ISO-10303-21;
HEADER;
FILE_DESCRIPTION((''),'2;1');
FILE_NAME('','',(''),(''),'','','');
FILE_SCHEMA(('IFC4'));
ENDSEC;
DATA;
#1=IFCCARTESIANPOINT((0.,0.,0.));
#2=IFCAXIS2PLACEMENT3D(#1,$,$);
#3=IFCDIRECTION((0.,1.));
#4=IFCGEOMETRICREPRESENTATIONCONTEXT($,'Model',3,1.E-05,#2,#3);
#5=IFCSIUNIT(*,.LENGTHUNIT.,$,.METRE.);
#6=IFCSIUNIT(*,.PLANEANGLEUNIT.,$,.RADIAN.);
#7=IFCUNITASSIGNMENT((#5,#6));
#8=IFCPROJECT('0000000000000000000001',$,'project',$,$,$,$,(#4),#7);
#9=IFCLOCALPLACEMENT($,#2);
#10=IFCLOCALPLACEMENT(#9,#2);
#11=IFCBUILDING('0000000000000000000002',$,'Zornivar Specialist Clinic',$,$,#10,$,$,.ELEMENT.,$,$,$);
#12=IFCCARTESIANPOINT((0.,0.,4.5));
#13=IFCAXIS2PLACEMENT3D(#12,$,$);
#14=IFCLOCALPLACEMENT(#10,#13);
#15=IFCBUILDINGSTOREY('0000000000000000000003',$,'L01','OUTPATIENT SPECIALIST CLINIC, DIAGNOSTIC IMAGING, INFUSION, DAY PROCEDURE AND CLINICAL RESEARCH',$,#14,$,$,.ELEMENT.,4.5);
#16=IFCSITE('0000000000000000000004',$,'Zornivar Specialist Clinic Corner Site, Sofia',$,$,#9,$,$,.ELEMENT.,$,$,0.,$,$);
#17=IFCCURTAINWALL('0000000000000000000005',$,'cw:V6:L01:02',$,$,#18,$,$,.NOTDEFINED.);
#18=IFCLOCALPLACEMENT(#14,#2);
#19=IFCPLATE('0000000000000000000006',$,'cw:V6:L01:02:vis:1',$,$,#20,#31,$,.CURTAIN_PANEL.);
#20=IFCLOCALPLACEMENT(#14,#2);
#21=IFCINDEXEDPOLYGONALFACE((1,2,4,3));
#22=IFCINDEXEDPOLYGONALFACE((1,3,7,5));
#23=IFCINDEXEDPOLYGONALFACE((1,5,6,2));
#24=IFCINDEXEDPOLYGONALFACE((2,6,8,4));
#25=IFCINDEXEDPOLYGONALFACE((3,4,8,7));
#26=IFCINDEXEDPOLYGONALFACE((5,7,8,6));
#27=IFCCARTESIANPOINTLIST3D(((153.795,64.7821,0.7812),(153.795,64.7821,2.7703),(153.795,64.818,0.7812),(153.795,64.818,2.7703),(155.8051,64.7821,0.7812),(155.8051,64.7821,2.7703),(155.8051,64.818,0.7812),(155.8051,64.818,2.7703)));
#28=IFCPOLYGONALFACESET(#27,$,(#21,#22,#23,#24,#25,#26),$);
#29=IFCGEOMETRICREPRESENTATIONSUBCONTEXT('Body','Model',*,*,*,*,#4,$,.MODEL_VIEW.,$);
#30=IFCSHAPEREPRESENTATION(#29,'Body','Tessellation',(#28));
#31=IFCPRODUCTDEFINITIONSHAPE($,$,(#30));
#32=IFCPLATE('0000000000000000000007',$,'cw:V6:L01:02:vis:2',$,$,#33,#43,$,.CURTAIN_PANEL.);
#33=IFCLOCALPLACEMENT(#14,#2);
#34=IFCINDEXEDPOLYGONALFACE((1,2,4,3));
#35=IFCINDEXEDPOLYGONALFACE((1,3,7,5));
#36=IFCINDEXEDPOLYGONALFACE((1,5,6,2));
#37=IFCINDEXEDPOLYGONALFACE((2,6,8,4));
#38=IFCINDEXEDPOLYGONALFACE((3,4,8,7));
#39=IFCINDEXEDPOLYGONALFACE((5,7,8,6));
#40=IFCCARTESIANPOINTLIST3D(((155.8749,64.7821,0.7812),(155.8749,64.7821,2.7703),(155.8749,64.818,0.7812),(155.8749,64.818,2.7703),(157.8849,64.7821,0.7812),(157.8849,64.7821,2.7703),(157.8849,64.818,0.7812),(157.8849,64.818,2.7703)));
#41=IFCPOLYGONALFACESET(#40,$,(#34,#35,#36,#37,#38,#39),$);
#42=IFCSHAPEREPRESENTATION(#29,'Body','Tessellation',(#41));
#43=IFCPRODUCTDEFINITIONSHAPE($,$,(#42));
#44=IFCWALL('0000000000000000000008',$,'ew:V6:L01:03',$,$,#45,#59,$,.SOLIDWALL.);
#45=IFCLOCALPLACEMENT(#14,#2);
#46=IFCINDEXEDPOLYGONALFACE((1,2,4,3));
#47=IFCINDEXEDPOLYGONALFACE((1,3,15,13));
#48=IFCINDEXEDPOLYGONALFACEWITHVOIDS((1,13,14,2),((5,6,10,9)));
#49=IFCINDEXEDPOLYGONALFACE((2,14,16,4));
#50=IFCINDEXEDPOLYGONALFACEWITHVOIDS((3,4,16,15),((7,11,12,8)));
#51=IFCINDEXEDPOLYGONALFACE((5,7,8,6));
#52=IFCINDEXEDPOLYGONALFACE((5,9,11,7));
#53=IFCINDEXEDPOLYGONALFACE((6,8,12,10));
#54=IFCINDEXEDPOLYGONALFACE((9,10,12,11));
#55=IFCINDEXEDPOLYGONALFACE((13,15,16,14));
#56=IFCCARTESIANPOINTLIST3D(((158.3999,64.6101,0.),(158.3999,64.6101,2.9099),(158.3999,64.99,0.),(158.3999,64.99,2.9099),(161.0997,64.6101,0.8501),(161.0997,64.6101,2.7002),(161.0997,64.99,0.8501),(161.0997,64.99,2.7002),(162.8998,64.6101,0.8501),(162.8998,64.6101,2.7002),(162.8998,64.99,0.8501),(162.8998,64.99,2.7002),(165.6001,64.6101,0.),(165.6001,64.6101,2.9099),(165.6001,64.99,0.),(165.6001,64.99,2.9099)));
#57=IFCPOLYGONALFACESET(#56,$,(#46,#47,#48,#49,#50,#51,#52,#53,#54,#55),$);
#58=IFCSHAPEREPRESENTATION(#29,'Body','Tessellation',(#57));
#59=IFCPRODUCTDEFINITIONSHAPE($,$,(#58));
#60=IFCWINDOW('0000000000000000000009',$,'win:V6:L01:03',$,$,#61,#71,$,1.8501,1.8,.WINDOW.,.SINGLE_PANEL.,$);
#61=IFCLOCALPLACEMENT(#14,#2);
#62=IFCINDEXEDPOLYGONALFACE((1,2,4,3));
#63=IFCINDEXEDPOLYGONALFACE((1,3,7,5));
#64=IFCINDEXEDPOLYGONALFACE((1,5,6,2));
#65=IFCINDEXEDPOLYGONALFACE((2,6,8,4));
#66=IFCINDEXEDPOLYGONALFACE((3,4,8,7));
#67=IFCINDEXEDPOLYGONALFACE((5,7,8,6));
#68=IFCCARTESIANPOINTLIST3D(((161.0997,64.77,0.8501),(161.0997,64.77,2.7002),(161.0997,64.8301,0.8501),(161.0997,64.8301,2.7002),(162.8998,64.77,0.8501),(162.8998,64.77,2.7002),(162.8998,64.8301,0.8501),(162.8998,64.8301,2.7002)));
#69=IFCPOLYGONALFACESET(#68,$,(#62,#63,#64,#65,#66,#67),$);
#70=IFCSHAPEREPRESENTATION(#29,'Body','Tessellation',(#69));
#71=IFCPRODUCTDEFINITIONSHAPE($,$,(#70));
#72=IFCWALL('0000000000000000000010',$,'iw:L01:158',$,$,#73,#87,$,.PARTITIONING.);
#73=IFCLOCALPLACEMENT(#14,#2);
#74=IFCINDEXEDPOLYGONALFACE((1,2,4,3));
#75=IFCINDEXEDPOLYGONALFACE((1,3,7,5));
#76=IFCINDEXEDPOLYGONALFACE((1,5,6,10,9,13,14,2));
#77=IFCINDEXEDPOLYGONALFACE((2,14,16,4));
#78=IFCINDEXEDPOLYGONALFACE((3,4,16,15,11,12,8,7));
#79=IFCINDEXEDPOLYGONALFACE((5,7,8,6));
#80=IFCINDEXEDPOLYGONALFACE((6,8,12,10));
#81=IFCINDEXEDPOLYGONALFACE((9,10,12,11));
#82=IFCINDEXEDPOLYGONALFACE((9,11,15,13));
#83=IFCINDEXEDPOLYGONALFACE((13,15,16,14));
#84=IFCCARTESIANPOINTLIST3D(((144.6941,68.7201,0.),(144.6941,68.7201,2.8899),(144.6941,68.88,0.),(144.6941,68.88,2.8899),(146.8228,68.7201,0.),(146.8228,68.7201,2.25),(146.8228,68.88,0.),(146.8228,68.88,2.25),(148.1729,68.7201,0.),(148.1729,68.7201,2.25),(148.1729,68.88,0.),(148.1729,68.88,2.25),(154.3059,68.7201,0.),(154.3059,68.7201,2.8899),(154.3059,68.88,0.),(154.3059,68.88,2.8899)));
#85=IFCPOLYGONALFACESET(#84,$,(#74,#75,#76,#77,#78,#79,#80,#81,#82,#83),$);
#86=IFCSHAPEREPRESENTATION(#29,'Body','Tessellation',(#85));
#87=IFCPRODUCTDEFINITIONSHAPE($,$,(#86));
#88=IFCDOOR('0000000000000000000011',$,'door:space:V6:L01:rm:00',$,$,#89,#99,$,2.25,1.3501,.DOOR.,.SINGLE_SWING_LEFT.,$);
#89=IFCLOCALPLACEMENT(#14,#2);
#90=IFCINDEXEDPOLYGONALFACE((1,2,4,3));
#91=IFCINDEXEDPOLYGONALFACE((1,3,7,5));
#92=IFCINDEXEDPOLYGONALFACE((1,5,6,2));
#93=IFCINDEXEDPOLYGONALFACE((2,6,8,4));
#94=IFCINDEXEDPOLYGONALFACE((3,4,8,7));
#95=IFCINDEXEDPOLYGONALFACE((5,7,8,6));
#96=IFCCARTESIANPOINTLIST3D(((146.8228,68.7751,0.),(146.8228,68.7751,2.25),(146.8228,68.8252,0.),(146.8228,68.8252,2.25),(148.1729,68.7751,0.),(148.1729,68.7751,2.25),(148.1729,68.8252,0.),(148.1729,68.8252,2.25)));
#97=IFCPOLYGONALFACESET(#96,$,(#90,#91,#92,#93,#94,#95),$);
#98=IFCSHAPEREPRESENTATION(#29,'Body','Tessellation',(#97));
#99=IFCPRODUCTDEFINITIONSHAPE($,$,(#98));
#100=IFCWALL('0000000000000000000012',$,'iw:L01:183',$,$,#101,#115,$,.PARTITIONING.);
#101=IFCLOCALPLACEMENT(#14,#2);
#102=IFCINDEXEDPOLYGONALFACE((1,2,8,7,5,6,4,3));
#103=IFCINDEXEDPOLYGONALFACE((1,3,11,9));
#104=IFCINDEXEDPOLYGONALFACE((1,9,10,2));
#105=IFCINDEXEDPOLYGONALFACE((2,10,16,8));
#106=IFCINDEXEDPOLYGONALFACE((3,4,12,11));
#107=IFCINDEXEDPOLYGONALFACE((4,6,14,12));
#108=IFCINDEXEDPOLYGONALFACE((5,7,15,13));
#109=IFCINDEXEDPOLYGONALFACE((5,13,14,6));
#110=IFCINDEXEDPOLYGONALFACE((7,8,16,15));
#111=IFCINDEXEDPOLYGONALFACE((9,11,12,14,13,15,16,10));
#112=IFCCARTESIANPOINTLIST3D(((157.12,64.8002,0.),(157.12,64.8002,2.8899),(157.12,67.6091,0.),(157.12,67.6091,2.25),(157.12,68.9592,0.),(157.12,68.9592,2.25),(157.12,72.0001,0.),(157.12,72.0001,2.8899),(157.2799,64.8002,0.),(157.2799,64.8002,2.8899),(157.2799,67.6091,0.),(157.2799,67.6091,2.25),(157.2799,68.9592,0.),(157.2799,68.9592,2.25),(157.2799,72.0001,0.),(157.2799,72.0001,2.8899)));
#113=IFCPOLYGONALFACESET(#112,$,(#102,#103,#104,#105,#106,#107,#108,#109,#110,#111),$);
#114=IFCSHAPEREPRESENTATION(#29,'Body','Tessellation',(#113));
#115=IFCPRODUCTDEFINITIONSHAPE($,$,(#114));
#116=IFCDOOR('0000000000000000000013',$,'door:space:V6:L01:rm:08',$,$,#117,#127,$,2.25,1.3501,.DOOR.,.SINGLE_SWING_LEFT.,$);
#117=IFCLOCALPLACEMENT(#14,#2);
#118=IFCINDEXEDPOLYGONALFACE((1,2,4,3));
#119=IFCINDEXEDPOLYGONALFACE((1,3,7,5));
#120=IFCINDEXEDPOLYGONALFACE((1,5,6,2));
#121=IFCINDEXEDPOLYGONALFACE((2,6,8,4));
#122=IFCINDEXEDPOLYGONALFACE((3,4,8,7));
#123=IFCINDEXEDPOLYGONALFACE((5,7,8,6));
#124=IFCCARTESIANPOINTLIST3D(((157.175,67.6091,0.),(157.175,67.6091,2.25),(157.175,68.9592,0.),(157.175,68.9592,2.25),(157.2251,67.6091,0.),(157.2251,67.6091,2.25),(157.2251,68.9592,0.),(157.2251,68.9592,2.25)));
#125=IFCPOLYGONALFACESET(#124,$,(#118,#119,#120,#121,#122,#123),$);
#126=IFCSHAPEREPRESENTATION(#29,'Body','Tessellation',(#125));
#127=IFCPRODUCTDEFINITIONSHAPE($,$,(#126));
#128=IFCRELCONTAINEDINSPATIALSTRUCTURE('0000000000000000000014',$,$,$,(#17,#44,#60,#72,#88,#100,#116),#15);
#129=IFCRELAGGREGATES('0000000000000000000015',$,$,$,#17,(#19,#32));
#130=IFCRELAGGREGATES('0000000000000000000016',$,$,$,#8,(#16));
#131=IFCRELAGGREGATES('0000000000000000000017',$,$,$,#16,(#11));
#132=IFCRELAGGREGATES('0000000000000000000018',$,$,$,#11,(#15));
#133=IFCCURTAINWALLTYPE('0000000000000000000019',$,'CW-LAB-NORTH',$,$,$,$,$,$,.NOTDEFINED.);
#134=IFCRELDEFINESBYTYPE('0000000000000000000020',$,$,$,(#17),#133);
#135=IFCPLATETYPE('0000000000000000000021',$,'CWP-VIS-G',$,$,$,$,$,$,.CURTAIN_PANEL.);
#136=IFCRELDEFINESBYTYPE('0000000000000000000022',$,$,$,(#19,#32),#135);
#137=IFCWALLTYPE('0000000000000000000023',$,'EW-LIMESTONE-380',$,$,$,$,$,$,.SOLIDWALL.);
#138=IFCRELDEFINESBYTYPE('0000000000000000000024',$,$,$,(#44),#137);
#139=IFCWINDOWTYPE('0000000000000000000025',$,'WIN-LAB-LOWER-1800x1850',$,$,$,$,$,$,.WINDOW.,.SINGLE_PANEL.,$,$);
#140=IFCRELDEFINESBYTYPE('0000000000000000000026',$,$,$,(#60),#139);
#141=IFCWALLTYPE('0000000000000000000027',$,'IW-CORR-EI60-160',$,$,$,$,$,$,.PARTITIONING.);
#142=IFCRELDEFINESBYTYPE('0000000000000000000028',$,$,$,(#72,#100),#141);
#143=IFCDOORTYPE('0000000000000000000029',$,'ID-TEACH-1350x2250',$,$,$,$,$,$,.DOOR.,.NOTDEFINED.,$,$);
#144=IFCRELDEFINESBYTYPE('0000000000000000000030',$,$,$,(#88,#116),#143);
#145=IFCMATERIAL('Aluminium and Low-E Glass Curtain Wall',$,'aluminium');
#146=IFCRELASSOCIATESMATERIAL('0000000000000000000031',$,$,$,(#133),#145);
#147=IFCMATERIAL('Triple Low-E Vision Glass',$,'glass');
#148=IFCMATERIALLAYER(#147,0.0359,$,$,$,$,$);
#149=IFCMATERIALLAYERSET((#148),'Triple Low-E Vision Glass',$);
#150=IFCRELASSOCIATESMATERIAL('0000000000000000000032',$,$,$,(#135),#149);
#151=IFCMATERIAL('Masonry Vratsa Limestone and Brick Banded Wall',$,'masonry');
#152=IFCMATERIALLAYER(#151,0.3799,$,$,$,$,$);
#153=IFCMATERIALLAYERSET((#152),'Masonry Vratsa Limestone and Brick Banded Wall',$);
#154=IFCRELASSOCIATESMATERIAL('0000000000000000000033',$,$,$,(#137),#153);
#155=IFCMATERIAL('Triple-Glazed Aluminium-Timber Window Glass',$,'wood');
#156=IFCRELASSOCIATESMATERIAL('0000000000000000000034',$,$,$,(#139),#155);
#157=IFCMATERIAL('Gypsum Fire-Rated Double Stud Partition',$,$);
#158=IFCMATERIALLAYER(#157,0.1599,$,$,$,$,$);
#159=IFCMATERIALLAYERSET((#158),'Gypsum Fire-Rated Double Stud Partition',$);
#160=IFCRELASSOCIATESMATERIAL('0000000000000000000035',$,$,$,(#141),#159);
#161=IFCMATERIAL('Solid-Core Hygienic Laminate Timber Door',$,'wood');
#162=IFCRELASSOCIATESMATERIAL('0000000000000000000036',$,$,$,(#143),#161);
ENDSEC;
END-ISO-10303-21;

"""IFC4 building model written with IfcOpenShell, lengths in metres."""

from ifc_helpers import new_model, si_unit, direction, frame, frame_2d, origin, origin_2d, place, context, subcontext, project, spatial, rectangle, extrude, material, layer, layer_set, type_object, element, fill, aggregate, save


model = new_model("IFC4")

# Units and contexts
model_context = context("Model", 3, precision=1e-05, world=origin(), true_north=direction((0.0, 1.0)))
body_context = subcontext(model_context, "Body", "Model", "MODEL_VIEW")
ifc_project = project(units=[si_unit("LENGTHUNIT", "METRE"), si_unit("PLANEANGLEUNIT", "RADIAN")], contexts=[model_context])

# Site, building, storey
site_placement = place(None, origin())
site = spatial("IfcSite", under=ifc_project, at=site_placement, Name="Zornivar Specialist Clinic Corner Site, Sofia", CompositionType="ELEMENT", RefElevation=0.0)
building_placement = place(site_placement, origin())
building = spatial("IfcBuilding", under=site, at=building_placement, Name="Zornivar Specialist Clinic", CompositionType="ELEMENT")
storey_placement = place(building_placement, frame((0.0, 0.0, 4.5)))
storey = spatial("IfcBuildingStorey", under=building, at=storey_placement, Name="L01", Description="OUTPATIENT SPECIALIST CLINIC, DIAGNOSTIC IMAGING, INFUSION, DAY PROCEDURE AND CLINICAL RESEARCH", CompositionType="ELEMENT", Elevation=4.5)

# Curtain wall
ifc_material_1 = material(Name="Aluminium and Low-E Glass Curtain Wall", Category="aluminium")
curtain_wall_type = type_object("IfcCurtainWallType", Name="CW-LAB-NORTH", PredefinedType="NOTDEFINED", material=ifc_material_1)
curtain_wall_1_placement = place(storey_placement, origin())
curtain_wall_1 = element("IfcCurtainWall", 1, at=curtain_wall_1_placement, inside=storey, type_object=curtain_wall_type, Name="cw:V6:L01:02", PredefinedType="NOTDEFINED")

# Plates
ifc_material_2 = material(Name="Triple Low-E Vision Glass", Category="glass")
ifc_layer_1 = layer(ifc_material_2, 0.0359)
ifc_layer_set_1 = layer_set([ifc_layer_1], Name="Triple Low-E Vision Glass")
plate_type_1 = type_object("IfcPlateType", Name="CWP-VIS-G", PredefinedType="CURTAIN_PANEL", material=ifc_layer_set_1)
plate_1_placement = place(storey_placement, frame((154.8, 64.8, 0.7812), z_axis=(0.0, 0.0, 1.0), x_axis=(1.0, 0.0, 0.0)))
plate_1 = element("IfcPlate", 2, at=plate_1_placement, type_object=plate_type_1, Name="cw:V6:L01:02:vis:1", PredefinedType="CURTAIN_PANEL", context=body_context, shape_type="SweptSolid", body=[
    extrude(rectangle(XDim=2.01, YDim=0.0359, at=origin_2d()), origin(), (0.0, 0.0, 1.0), 1.989),
])
plate_2_placement = place(storey_placement, frame((156.8799, 64.8, 0.7812), z_axis=(0.0, 0.0, 1.0), x_axis=(1.0, 0.0, 0.0)))
plate_2 = element("IfcPlate", 3, at=plate_2_placement, type_object=plate_type_1, Name="cw:V6:L01:02:vis:2", PredefinedType="CURTAIN_PANEL", context=body_context, shape_type="SweptSolid", body=[
    extrude(rectangle(XDim=2.01, YDim=0.0359, at=origin_2d()), origin(), (0.0, 0.0, 1.0), 1.989),
])
aggregate(curtain_wall_1, [plate_1, plate_2])

# Wall, opening, window
ifc_material_3 = material(Name="Masonry Vratsa Limestone and Brick Banded Wall", Category="masonry")
ifc_layer_2 = layer(ifc_material_3, 0.3799)
ifc_layer_set_2 = layer_set([ifc_layer_2], Name="Masonry Vratsa Limestone and Brick Banded Wall")
wall_type_1 = type_object("IfcWallType", Name="EW-LIMESTONE-380", PredefinedType="SOLIDWALL", material=ifc_layer_set_2)
wall_1_placement = place(storey_placement, frame((158.3999, 64.8, 0.0), z_axis=(0.0, 0.0, 1.0), x_axis=(1.0, 0.0, 0.0)))
wall_1 = element("IfcWall", 4, at=wall_1_placement, inside=storey, type_object=wall_type_1, Name="ew:V6:L01:03", PredefinedType="SOLIDWALL", context=body_context, shape_type="SweptSolid", body=[
    extrude(rectangle(XDim=7.2002, YDim=0.3799, at=frame_2d((3.6001, 0.0))), origin(), (0.0, 0.0, 1.0), 2.9099),
])
opening_1_placement = place(wall_1_placement, frame((2.7, 0.0, 0.8501)))
opening_1 = element("IfcOpeningElement", 5, at=opening_1_placement, cuts=wall_1, PredefinedType="OPENING", context=body_context, shape_type="SweptSolid", body=[
    extrude(rectangle(XDim=1.8, YDim=1.8501, at=frame_2d((0.8999, 0.925))), frame((0.0, 0.2, 0.0), z_axis=(0.0, -1.0, 0.0), x_axis=(1.0, 0.0, 0.0)), (0.0, 0.0, 1.0), 0.3999),
])
ifc_material_4 = material(Name="Triple-Glazed Aluminium-Timber Window Glass", Category="wood")
window_type = type_object("IfcWindowType", Name="WIN-LAB-LOWER-1800x1850", PartitioningType="SINGLE_PANEL", PredefinedType="WINDOW", material=ifc_material_4)
window_placement = place(opening_1_placement, origin())
window = element("IfcWindow", 6, at=window_placement, inside=storey, type_object=window_type, Name="win:V6:L01:03", OverallHeight=1.8501, OverallWidth=1.8, PartitioningType="SINGLE_PANEL", PredefinedType="WINDOW", context=body_context, shape_type="SweptSolid", body=[
    extrude(rectangle(XDim=1.8, YDim=1.8501, at=frame_2d((0.8999, 0.925))), frame((0.0, 0.03, 0.0), z_axis=(0.0, -1.0, 0.0), x_axis=(1.0, 0.0, 0.0)), (0.0, 0.0, 1.0), 0.0601),
])
fill(opening_1, window)

# Walls, openings, doors
ifc_material_5 = material(Name="Gypsum Fire-Rated Double Stud Partition")
ifc_layer_3 = layer(ifc_material_5, 0.1599)
ifc_layer_set_3 = layer_set([ifc_layer_3], Name="Gypsum Fire-Rated Double Stud Partition")
wall_type_2 = type_object("IfcWallType", Name="IW-CORR-EI60-160", PredefinedType="PARTITIONING", material=ifc_layer_set_3)
wall_2_placement = place(storey_placement, frame((154.3059, 68.8, 0.0), z_axis=(0.0, 0.0, 1.0), x_axis=(-1.0, 0.0, 0.0)))
wall_2 = element("IfcWall", 7, at=wall_2_placement, inside=storey, type_object=wall_type_2, Name="iw:L01:158", PredefinedType="PARTITIONING", context=body_context, shape_type="SweptSolid", body=[
    extrude(rectangle(XDim=9.6118, YDim=0.1599, at=frame_2d((4.8059, 0.0))), origin(), (0.0, 0.0, 1.0), 2.8899),
])
opening_2_placement = place(wall_2_placement, frame((6.1331, 0.0, 0.0)))
opening_2 = element("IfcOpeningElement", 8, at=opening_2_placement, cuts=wall_2, PredefinedType="OPENING", context=body_context, shape_type="SweptSolid", body=[
    extrude(rectangle(XDim=1.3501, YDim=2.25, at=frame_2d((0.675, 1.125))), frame((0.0, 0.0898, 0.0), z_axis=(0.0, -1.0, 0.0), x_axis=(1.0, 0.0, 0.0)), (0.0, 0.0, 1.0), 0.1799),
])
ifc_material_6 = material(Name="Solid-Core Hygienic Laminate Timber Door", Category="wood")
door_type = type_object("IfcDoorType", Name="ID-TEACH-1350x2250", OperationType="NOTDEFINED", PredefinedType="DOOR", material=ifc_material_6)
door_1_placement = place(opening_2_placement, origin())
door_1 = element("IfcDoor", 9, at=door_1_placement, inside=storey, type_object=door_type, Name="door:space:V6:L01:rm:00", OperationType="SINGLE_SWING_LEFT", OverallHeight=2.25, OverallWidth=1.3501, PredefinedType="DOOR", context=body_context, shape_type="SweptSolid", body=[
    extrude(rectangle(XDim=1.3501, YDim=2.25, at=frame_2d((0.675, 1.125))), frame((0.0, 0.0249, 0.0), z_axis=(0.0, -1.0, 0.0), x_axis=(1.0, 0.0, 0.0)), (0.0, 0.0, 1.0), 0.05),
])
fill(opening_2, door_1)
wall_3_placement = place(storey_placement, frame((157.2, 64.8, 0.0), z_axis=(0.0, 0.0, 1.0), x_axis=(0.0, 1.0, 0.0)))
wall_3 = element("IfcWall", 10, at=wall_3_placement, inside=storey, type_object=wall_type_2, Name="iw:L01:183", PredefinedType="PARTITIONING", context=body_context, shape_type="SweptSolid", body=[
    extrude(rectangle(XDim=7.2, YDim=0.1599, at=frame_2d((3.6001, 0.0))), origin(), (0.0, 0.0, 1.0), 2.8899),
])
opening_3_placement = place(wall_3_placement, frame((2.8091, 0.0, 0.0)))
opening_3 = element("IfcOpeningElement", 11, at=opening_3_placement, cuts=wall_3, PredefinedType="OPENING", context=body_context, shape_type="SweptSolid", body=[
    extrude(rectangle(XDim=1.3501, YDim=2.25, at=frame_2d((0.675, 1.125))), frame((0.0, 0.0898, 0.0), z_axis=(0.0, -1.0, 0.0), x_axis=(1.0, 0.0, 0.0)), (0.0, 0.0, 1.0), 0.1799),
])
door_2_placement = place(opening_3_placement, origin())
door_2 = element("IfcDoor", 12, at=door_2_placement, inside=storey, type_object=door_type, Name="door:space:V6:L01:rm:08", OperationType="SINGLE_SWING_LEFT", OverallHeight=2.25, OverallWidth=1.3501, PredefinedType="DOOR", context=body_context, shape_type="SweptSolid", body=[
    extrude(rectangle(XDim=1.3501, YDim=2.25, at=frame_2d((0.675, 1.125))), frame((0.0, 0.0249, 0.0), z_axis=(0.0, -1.0, 0.0), x_axis=(1.0, 0.0, 0.0)), (0.0, 0.0, 1.0), 0.05),
])
fill(opening_3, door_2)

save(model, "model.ifc")
